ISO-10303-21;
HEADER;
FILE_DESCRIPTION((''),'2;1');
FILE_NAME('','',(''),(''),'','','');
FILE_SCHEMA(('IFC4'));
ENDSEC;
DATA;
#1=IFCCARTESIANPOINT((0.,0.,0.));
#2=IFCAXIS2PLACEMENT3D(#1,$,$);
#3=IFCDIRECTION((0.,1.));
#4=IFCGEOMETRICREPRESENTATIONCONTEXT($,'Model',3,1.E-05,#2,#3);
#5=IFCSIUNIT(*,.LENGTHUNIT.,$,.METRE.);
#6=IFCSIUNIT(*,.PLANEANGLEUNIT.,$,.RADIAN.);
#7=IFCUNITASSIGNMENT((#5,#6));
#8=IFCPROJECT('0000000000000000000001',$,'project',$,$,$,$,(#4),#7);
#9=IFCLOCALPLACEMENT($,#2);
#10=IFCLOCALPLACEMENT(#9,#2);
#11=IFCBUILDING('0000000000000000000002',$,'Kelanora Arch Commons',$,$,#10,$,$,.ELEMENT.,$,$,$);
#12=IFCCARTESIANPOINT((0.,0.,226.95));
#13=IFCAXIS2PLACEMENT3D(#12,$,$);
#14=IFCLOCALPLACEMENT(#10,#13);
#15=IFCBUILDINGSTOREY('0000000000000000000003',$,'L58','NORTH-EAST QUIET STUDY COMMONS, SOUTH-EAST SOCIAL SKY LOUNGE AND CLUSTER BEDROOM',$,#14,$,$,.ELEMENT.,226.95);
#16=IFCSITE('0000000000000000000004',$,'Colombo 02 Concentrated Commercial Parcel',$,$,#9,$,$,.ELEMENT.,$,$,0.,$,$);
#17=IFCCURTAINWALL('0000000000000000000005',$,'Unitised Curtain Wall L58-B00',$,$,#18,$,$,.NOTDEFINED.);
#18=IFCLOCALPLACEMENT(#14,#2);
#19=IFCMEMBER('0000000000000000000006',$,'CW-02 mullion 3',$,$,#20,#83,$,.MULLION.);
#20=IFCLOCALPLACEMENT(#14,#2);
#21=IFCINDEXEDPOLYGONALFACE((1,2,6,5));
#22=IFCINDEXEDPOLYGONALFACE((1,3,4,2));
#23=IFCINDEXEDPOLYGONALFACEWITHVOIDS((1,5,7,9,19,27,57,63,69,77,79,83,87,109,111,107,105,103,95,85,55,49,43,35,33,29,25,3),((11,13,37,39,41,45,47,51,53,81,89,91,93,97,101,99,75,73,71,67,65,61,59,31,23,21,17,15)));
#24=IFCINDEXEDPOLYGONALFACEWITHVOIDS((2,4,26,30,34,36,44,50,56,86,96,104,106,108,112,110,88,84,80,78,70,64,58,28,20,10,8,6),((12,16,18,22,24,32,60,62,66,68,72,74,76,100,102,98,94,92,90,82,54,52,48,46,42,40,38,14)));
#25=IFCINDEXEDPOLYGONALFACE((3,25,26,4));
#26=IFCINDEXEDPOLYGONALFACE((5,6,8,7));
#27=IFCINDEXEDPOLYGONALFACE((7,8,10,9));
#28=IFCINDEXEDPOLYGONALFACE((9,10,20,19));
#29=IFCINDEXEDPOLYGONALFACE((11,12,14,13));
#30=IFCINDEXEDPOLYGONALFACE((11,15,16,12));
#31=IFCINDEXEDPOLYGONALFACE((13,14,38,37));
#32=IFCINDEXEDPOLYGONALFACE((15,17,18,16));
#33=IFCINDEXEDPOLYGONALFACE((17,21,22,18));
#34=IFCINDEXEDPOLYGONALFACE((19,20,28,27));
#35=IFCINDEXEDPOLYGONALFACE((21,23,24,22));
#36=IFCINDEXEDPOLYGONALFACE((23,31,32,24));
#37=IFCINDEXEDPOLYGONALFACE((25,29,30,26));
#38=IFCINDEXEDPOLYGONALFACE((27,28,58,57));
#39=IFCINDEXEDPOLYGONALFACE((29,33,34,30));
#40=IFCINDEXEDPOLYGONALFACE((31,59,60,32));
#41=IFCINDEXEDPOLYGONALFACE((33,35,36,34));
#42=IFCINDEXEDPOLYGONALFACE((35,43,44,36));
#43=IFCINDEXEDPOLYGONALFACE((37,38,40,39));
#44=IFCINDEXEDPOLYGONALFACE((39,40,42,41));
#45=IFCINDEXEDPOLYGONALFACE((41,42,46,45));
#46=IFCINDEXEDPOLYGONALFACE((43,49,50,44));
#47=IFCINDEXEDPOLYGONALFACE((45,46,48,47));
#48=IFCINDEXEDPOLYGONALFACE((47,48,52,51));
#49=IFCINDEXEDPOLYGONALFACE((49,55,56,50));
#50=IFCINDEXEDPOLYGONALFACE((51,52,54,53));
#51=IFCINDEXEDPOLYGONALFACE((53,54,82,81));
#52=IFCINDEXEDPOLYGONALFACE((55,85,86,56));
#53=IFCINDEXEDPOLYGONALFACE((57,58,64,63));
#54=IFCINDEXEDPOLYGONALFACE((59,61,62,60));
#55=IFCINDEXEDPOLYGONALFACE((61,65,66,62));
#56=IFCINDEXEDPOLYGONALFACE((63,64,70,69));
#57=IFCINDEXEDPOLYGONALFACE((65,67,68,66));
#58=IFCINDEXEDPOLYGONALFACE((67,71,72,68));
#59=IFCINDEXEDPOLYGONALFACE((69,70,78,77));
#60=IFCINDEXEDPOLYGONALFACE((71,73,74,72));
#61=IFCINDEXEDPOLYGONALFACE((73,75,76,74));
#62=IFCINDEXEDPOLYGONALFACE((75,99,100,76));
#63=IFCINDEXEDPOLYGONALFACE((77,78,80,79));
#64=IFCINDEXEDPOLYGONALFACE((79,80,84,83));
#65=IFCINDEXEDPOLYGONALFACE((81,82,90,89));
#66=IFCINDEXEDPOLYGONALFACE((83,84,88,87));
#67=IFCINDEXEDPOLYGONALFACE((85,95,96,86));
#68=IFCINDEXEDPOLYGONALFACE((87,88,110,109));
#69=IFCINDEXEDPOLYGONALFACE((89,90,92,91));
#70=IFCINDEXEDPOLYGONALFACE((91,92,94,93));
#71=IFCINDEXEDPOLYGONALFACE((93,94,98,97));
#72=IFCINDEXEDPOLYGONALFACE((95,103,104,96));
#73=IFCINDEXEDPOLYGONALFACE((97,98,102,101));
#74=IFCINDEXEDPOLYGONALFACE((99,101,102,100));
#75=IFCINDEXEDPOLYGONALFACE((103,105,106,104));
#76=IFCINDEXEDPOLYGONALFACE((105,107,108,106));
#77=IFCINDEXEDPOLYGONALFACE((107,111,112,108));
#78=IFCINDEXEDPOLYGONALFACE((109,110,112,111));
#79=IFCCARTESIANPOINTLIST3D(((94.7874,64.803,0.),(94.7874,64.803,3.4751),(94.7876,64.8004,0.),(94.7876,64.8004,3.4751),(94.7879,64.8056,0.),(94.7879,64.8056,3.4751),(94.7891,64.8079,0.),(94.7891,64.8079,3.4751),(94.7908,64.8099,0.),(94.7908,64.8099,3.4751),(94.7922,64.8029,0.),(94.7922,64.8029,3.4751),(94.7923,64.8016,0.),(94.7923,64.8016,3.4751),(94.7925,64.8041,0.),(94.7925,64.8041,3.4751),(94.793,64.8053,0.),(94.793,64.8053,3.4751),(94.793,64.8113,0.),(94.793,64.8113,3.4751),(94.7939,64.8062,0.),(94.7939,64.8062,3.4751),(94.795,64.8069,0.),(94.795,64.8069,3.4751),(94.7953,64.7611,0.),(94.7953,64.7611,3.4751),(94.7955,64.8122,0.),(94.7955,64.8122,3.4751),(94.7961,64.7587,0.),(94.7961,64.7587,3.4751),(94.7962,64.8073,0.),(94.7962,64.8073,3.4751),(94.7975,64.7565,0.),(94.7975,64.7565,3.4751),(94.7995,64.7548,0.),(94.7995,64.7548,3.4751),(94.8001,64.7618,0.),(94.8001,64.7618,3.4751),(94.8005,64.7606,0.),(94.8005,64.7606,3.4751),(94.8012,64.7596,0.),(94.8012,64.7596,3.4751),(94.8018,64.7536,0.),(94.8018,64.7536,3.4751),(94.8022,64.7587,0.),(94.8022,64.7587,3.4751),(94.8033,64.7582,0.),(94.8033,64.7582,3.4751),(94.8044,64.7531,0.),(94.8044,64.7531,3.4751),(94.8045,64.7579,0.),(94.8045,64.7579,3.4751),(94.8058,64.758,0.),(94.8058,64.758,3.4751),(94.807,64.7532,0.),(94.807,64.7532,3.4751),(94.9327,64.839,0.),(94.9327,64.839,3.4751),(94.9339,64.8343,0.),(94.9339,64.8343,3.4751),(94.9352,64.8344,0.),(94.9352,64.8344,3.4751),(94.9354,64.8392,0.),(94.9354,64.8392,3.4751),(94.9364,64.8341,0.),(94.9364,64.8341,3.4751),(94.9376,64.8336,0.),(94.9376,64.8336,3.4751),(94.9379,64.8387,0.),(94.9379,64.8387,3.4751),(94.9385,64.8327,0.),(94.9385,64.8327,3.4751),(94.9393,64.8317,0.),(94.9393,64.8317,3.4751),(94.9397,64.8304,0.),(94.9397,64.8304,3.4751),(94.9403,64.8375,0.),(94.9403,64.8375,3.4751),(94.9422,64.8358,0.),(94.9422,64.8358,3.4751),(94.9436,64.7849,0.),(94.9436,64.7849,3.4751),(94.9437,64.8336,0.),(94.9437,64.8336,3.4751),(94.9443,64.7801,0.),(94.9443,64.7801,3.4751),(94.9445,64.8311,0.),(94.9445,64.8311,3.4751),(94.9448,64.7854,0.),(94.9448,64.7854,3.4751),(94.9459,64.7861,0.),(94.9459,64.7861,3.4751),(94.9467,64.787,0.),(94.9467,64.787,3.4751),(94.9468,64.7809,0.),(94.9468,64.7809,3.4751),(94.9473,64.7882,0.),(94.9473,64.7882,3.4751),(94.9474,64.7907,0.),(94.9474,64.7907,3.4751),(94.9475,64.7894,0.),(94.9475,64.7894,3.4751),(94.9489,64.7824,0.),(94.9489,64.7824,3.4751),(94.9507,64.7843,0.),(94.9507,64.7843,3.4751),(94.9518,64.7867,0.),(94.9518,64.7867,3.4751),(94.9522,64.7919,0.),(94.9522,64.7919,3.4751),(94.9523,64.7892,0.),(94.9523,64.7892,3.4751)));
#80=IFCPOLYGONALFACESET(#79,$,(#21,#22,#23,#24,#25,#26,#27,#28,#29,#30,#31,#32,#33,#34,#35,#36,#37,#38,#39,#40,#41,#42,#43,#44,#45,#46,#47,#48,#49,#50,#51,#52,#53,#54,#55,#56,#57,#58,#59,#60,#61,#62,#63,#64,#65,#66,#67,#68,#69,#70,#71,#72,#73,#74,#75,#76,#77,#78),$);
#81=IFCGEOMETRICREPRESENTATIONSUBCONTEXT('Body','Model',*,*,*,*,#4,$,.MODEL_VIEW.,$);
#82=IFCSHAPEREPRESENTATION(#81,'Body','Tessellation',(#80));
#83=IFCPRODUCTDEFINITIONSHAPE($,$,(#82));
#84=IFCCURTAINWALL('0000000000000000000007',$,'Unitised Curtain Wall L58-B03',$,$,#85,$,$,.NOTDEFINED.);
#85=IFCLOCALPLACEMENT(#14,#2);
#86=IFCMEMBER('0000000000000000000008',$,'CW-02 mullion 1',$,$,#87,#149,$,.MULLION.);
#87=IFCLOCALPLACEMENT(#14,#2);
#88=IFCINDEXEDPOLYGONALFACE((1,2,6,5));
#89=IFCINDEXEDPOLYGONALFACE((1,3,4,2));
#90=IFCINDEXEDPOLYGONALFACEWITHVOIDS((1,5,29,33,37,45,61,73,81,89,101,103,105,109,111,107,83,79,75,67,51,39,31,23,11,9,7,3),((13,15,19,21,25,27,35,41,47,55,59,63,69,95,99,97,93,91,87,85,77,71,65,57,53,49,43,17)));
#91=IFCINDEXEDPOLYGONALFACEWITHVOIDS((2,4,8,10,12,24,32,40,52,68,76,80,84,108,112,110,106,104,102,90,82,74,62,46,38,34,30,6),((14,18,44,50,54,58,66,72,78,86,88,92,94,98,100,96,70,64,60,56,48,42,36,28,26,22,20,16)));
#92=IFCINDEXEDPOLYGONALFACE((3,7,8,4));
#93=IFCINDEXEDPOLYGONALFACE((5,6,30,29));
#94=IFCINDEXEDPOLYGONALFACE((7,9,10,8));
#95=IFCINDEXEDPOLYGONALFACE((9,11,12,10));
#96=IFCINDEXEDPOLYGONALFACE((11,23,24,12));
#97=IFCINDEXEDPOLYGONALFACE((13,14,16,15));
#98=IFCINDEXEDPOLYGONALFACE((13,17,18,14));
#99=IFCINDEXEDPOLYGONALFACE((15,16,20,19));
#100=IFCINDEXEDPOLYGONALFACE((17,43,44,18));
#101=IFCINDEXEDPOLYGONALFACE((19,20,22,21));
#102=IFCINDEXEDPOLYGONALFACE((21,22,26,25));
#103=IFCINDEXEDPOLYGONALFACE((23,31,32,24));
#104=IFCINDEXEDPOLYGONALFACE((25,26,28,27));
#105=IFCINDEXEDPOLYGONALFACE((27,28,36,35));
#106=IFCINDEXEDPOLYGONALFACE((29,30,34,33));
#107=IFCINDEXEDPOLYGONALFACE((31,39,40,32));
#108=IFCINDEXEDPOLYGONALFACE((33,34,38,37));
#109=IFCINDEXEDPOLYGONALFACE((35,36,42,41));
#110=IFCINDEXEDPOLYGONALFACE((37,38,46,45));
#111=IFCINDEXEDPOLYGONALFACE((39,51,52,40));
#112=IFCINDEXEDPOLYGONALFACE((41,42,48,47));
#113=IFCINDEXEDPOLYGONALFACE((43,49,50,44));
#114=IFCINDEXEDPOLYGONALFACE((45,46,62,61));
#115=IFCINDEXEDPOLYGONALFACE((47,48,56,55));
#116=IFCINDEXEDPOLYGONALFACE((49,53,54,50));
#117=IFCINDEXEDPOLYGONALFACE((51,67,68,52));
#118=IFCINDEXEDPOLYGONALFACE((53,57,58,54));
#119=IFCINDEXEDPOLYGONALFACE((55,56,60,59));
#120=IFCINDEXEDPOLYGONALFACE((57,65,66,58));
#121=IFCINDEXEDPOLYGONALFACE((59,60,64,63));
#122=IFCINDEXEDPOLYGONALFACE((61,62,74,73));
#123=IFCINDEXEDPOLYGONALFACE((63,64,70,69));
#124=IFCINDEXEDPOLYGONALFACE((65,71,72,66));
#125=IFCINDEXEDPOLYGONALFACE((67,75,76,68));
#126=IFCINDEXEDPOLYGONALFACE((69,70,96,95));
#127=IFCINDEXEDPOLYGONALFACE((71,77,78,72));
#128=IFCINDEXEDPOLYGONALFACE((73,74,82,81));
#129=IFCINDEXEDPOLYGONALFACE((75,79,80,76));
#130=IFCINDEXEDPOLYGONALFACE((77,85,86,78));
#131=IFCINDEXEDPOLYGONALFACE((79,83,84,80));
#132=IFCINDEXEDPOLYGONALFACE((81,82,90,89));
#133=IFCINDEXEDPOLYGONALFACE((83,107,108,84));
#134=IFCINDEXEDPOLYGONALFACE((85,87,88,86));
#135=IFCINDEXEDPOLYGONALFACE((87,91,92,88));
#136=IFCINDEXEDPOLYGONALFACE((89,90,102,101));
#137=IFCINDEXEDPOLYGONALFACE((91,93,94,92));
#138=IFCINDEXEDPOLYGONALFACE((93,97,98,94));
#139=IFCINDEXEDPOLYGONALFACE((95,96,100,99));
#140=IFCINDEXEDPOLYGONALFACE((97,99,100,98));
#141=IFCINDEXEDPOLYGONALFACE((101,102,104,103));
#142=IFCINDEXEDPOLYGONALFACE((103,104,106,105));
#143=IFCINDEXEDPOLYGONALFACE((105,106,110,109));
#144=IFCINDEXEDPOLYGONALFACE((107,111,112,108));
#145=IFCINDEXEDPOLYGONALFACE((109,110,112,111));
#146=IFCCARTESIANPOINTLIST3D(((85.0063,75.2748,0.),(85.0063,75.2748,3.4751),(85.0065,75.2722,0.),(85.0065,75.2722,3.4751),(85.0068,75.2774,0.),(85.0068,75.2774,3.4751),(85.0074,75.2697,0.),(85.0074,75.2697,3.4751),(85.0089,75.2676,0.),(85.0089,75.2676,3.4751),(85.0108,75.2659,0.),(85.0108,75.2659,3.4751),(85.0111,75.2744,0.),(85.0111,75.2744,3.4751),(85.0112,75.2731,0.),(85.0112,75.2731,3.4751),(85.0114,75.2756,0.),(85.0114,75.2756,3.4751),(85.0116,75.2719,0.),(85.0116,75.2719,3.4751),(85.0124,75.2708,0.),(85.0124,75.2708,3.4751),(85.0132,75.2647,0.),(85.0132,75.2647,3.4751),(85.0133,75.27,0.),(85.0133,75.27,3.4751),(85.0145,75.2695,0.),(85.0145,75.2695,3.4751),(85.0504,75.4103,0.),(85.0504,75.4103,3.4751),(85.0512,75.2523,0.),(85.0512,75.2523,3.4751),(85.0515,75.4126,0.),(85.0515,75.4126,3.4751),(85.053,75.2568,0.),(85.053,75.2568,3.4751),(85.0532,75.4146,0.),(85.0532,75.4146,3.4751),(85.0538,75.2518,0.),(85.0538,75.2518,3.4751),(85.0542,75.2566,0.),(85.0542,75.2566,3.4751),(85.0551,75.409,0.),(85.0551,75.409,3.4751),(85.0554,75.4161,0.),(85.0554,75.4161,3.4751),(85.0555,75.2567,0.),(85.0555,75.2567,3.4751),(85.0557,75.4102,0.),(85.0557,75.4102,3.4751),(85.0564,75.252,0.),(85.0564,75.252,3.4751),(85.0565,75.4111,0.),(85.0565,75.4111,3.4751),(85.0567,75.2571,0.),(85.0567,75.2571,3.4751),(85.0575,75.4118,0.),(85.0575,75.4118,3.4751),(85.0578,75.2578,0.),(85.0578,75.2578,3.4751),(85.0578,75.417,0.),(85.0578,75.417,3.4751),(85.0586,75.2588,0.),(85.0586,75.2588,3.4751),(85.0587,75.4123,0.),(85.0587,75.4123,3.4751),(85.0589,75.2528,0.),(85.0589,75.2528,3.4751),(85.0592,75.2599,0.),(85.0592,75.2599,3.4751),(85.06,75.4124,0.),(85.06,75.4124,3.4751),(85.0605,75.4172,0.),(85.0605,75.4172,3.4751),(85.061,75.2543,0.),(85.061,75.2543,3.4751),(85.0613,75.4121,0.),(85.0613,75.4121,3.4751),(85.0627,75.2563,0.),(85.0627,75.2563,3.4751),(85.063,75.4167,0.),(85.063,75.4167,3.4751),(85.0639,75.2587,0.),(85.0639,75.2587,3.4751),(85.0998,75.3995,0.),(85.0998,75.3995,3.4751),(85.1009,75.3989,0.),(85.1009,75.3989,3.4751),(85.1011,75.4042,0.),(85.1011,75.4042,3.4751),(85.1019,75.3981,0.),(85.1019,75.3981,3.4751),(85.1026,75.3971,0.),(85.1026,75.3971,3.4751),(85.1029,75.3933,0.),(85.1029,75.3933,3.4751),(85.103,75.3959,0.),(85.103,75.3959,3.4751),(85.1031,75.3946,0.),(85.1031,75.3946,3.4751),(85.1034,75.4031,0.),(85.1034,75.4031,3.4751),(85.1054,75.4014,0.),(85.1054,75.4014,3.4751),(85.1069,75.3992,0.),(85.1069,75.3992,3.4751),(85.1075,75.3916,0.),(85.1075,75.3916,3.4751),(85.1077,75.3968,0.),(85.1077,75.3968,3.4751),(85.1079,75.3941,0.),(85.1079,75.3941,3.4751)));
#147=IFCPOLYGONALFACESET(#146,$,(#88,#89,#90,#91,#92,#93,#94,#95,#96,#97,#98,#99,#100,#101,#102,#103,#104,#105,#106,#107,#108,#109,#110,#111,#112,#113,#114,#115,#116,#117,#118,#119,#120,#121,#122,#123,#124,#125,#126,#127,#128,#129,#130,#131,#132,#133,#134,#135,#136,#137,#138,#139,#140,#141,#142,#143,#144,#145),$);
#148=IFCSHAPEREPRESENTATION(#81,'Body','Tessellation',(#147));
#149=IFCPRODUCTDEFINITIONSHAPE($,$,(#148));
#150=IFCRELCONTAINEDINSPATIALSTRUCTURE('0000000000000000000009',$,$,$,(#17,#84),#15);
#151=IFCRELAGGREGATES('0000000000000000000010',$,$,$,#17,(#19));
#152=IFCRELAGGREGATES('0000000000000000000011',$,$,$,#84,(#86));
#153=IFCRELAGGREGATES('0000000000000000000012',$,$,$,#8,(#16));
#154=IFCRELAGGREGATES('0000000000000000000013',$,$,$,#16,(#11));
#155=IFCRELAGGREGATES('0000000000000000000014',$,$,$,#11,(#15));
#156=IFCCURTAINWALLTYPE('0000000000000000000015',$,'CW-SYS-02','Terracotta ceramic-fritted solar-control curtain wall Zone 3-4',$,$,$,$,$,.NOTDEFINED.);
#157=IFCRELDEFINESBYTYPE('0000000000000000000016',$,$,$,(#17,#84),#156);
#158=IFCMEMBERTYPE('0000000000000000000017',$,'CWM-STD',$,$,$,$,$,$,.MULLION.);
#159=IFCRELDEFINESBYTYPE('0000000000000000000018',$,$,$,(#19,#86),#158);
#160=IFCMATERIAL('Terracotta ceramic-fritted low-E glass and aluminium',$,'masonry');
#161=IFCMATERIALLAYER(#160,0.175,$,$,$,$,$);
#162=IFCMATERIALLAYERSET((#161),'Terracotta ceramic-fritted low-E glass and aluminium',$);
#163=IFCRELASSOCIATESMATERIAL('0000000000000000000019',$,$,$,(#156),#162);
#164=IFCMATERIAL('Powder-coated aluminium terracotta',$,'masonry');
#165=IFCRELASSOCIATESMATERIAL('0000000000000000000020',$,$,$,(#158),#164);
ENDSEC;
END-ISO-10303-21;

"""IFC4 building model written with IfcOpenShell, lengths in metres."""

from ifc_helpers import new_model, si_unit, direction, frame, origin, origin_2d, place, context, subcontext, project, spatial, hollow_rectangle, extrude, material, layer, layer_set, material_profile, profile_set, type_object, element, aggregate, save


model = new_model("IFC4")

# Units and contexts
model_context = context("Model", 3, precision=1e-05, world=origin(), true_north=direction((0.0, 1.0)))
body_context = subcontext(model_context, "Body", "Model", "MODEL_VIEW")
ifc_project = project(units=[si_unit("LENGTHUNIT", "METRE"), si_unit("PLANEANGLEUNIT", "RADIAN")], contexts=[model_context])

# Site, building, storey
site_placement = place(None, origin())
site = spatial("IfcSite", under=ifc_project, at=site_placement, Name="Colombo 02 Concentrated Commercial Parcel", CompositionType="ELEMENT", RefElevation=0.0)
building_placement = place(site_placement, origin())
building = spatial("IfcBuilding", under=site, at=building_placement, Name="Kelanora Arch Commons", CompositionType="ELEMENT")
storey_placement = place(building_placement, frame((0.0, 0.0, 226.95)))
storey = spatial("IfcBuildingStorey", under=building, at=storey_placement, Name="L58", Description="NORTH-EAST QUIET STUDY COMMONS, SOUTH-EAST SOCIAL SKY LOUNGE AND CLUSTER BEDROOM", CompositionType="ELEMENT", Elevation=226.95)

# Curtain wall, member
ifc_material_1 = material(Name="Terracotta ceramic-fritted low-E glass and aluminium", Category="masonry")
ifc_layer_1 = layer(ifc_material_1, 0.175)
ifc_layer_set_1 = layer_set([ifc_layer_1], Name="Terracotta ceramic-fritted low-E glass and aluminium")
curtain_wall_type = type_object("IfcCurtainWallType", Name="CW-SYS-02", Description="Terracotta ceramic-fritted solar-control curtain wall Zone 3-4", PredefinedType="NOTDEFINED", material=ifc_layer_set_1)
curtain_wall_1_placement = place(storey_placement, origin())
curtain_wall_1 = element("IfcCurtainWall", 1, at=curtain_wall_1_placement, inside=storey, type_object=curtain_wall_type, Name="Unitised Curtain Wall L58-B00", PredefinedType="NOTDEFINED")
ifc_material_2 = material(Name="Powder-coated aluminium terracotta", Category="masonry")
ifc_material_profile_1 = material_profile(ifc_material_2, hollow_rectangle(XDim=0.1599, YDim=0.0601, WallThickness=0.0049, InnerFilletRadius=0.0049, OuterFilletRadius=0.01, at=origin_2d()), Name="CWM160x60")
ifc_profile_set_1 = profile_set([ifc_material_profile_1], Name="Powder-coated aluminium terracotta")
member_type_1 = type_object("IfcMemberType", Name="CWM-STD", PredefinedType="MULLION", material=ifc_profile_set_1)
member_1_placement = place(storey_placement, frame((94.8699, 64.7961, 0.0), z_axis=(0.0, 0.0, 1.0), x_axis=(-0.981381, -0.192069, 0.0)))
member_1 = element("IfcMember", 2, at=member_1_placement, type_object=member_type_1, Name="CW-02 mullion 3", PredefinedType="MULLION", context=body_context, shape_type="SweptSolid", body=[
    extrude(hollow_rectangle(XDim=0.1599, YDim=0.0601, WallThickness=0.0049, InnerFilletRadius=0.0049, OuterFilletRadius=0.01, at=origin_2d()), origin(), (0.0, 0.0, 1.0), 3.4751),
])
aggregate(curtain_wall_1, [member_1])

# Curtain wall, member
curtain_wall_2_placement = place(storey_placement, origin())
curtain_wall_2 = element("IfcCurtainWall", 3, at=curtain_wall_2_placement, inside=storey, type_object=curtain_wall_type, Name="Unitised Curtain Wall L58-B03", PredefinedType="NOTDEFINED")
member_2_placement = place(storey_placement, frame((85.0571, 75.3345, 0.0), z_axis=(0.0, 0.0, 1.0), x_axis=(-0.311582, -0.950219, 0.0)))
member_2 = element("IfcMember", 4, at=member_2_placement, type_object=member_type_1, Name="CW-02 mullion 1", PredefinedType="MULLION", context=body_context, shape_type="SweptSolid", body=[
    extrude(hollow_rectangle(XDim=0.1599, YDim=0.0601, WallThickness=0.0049, InnerFilletRadius=0.0049, OuterFilletRadius=0.01, at=origin_2d()), origin(), (0.0, 0.0, 1.0), 3.4751),
])
aggregate(curtain_wall_2, [member_2])

save(model, "model.ifc")
